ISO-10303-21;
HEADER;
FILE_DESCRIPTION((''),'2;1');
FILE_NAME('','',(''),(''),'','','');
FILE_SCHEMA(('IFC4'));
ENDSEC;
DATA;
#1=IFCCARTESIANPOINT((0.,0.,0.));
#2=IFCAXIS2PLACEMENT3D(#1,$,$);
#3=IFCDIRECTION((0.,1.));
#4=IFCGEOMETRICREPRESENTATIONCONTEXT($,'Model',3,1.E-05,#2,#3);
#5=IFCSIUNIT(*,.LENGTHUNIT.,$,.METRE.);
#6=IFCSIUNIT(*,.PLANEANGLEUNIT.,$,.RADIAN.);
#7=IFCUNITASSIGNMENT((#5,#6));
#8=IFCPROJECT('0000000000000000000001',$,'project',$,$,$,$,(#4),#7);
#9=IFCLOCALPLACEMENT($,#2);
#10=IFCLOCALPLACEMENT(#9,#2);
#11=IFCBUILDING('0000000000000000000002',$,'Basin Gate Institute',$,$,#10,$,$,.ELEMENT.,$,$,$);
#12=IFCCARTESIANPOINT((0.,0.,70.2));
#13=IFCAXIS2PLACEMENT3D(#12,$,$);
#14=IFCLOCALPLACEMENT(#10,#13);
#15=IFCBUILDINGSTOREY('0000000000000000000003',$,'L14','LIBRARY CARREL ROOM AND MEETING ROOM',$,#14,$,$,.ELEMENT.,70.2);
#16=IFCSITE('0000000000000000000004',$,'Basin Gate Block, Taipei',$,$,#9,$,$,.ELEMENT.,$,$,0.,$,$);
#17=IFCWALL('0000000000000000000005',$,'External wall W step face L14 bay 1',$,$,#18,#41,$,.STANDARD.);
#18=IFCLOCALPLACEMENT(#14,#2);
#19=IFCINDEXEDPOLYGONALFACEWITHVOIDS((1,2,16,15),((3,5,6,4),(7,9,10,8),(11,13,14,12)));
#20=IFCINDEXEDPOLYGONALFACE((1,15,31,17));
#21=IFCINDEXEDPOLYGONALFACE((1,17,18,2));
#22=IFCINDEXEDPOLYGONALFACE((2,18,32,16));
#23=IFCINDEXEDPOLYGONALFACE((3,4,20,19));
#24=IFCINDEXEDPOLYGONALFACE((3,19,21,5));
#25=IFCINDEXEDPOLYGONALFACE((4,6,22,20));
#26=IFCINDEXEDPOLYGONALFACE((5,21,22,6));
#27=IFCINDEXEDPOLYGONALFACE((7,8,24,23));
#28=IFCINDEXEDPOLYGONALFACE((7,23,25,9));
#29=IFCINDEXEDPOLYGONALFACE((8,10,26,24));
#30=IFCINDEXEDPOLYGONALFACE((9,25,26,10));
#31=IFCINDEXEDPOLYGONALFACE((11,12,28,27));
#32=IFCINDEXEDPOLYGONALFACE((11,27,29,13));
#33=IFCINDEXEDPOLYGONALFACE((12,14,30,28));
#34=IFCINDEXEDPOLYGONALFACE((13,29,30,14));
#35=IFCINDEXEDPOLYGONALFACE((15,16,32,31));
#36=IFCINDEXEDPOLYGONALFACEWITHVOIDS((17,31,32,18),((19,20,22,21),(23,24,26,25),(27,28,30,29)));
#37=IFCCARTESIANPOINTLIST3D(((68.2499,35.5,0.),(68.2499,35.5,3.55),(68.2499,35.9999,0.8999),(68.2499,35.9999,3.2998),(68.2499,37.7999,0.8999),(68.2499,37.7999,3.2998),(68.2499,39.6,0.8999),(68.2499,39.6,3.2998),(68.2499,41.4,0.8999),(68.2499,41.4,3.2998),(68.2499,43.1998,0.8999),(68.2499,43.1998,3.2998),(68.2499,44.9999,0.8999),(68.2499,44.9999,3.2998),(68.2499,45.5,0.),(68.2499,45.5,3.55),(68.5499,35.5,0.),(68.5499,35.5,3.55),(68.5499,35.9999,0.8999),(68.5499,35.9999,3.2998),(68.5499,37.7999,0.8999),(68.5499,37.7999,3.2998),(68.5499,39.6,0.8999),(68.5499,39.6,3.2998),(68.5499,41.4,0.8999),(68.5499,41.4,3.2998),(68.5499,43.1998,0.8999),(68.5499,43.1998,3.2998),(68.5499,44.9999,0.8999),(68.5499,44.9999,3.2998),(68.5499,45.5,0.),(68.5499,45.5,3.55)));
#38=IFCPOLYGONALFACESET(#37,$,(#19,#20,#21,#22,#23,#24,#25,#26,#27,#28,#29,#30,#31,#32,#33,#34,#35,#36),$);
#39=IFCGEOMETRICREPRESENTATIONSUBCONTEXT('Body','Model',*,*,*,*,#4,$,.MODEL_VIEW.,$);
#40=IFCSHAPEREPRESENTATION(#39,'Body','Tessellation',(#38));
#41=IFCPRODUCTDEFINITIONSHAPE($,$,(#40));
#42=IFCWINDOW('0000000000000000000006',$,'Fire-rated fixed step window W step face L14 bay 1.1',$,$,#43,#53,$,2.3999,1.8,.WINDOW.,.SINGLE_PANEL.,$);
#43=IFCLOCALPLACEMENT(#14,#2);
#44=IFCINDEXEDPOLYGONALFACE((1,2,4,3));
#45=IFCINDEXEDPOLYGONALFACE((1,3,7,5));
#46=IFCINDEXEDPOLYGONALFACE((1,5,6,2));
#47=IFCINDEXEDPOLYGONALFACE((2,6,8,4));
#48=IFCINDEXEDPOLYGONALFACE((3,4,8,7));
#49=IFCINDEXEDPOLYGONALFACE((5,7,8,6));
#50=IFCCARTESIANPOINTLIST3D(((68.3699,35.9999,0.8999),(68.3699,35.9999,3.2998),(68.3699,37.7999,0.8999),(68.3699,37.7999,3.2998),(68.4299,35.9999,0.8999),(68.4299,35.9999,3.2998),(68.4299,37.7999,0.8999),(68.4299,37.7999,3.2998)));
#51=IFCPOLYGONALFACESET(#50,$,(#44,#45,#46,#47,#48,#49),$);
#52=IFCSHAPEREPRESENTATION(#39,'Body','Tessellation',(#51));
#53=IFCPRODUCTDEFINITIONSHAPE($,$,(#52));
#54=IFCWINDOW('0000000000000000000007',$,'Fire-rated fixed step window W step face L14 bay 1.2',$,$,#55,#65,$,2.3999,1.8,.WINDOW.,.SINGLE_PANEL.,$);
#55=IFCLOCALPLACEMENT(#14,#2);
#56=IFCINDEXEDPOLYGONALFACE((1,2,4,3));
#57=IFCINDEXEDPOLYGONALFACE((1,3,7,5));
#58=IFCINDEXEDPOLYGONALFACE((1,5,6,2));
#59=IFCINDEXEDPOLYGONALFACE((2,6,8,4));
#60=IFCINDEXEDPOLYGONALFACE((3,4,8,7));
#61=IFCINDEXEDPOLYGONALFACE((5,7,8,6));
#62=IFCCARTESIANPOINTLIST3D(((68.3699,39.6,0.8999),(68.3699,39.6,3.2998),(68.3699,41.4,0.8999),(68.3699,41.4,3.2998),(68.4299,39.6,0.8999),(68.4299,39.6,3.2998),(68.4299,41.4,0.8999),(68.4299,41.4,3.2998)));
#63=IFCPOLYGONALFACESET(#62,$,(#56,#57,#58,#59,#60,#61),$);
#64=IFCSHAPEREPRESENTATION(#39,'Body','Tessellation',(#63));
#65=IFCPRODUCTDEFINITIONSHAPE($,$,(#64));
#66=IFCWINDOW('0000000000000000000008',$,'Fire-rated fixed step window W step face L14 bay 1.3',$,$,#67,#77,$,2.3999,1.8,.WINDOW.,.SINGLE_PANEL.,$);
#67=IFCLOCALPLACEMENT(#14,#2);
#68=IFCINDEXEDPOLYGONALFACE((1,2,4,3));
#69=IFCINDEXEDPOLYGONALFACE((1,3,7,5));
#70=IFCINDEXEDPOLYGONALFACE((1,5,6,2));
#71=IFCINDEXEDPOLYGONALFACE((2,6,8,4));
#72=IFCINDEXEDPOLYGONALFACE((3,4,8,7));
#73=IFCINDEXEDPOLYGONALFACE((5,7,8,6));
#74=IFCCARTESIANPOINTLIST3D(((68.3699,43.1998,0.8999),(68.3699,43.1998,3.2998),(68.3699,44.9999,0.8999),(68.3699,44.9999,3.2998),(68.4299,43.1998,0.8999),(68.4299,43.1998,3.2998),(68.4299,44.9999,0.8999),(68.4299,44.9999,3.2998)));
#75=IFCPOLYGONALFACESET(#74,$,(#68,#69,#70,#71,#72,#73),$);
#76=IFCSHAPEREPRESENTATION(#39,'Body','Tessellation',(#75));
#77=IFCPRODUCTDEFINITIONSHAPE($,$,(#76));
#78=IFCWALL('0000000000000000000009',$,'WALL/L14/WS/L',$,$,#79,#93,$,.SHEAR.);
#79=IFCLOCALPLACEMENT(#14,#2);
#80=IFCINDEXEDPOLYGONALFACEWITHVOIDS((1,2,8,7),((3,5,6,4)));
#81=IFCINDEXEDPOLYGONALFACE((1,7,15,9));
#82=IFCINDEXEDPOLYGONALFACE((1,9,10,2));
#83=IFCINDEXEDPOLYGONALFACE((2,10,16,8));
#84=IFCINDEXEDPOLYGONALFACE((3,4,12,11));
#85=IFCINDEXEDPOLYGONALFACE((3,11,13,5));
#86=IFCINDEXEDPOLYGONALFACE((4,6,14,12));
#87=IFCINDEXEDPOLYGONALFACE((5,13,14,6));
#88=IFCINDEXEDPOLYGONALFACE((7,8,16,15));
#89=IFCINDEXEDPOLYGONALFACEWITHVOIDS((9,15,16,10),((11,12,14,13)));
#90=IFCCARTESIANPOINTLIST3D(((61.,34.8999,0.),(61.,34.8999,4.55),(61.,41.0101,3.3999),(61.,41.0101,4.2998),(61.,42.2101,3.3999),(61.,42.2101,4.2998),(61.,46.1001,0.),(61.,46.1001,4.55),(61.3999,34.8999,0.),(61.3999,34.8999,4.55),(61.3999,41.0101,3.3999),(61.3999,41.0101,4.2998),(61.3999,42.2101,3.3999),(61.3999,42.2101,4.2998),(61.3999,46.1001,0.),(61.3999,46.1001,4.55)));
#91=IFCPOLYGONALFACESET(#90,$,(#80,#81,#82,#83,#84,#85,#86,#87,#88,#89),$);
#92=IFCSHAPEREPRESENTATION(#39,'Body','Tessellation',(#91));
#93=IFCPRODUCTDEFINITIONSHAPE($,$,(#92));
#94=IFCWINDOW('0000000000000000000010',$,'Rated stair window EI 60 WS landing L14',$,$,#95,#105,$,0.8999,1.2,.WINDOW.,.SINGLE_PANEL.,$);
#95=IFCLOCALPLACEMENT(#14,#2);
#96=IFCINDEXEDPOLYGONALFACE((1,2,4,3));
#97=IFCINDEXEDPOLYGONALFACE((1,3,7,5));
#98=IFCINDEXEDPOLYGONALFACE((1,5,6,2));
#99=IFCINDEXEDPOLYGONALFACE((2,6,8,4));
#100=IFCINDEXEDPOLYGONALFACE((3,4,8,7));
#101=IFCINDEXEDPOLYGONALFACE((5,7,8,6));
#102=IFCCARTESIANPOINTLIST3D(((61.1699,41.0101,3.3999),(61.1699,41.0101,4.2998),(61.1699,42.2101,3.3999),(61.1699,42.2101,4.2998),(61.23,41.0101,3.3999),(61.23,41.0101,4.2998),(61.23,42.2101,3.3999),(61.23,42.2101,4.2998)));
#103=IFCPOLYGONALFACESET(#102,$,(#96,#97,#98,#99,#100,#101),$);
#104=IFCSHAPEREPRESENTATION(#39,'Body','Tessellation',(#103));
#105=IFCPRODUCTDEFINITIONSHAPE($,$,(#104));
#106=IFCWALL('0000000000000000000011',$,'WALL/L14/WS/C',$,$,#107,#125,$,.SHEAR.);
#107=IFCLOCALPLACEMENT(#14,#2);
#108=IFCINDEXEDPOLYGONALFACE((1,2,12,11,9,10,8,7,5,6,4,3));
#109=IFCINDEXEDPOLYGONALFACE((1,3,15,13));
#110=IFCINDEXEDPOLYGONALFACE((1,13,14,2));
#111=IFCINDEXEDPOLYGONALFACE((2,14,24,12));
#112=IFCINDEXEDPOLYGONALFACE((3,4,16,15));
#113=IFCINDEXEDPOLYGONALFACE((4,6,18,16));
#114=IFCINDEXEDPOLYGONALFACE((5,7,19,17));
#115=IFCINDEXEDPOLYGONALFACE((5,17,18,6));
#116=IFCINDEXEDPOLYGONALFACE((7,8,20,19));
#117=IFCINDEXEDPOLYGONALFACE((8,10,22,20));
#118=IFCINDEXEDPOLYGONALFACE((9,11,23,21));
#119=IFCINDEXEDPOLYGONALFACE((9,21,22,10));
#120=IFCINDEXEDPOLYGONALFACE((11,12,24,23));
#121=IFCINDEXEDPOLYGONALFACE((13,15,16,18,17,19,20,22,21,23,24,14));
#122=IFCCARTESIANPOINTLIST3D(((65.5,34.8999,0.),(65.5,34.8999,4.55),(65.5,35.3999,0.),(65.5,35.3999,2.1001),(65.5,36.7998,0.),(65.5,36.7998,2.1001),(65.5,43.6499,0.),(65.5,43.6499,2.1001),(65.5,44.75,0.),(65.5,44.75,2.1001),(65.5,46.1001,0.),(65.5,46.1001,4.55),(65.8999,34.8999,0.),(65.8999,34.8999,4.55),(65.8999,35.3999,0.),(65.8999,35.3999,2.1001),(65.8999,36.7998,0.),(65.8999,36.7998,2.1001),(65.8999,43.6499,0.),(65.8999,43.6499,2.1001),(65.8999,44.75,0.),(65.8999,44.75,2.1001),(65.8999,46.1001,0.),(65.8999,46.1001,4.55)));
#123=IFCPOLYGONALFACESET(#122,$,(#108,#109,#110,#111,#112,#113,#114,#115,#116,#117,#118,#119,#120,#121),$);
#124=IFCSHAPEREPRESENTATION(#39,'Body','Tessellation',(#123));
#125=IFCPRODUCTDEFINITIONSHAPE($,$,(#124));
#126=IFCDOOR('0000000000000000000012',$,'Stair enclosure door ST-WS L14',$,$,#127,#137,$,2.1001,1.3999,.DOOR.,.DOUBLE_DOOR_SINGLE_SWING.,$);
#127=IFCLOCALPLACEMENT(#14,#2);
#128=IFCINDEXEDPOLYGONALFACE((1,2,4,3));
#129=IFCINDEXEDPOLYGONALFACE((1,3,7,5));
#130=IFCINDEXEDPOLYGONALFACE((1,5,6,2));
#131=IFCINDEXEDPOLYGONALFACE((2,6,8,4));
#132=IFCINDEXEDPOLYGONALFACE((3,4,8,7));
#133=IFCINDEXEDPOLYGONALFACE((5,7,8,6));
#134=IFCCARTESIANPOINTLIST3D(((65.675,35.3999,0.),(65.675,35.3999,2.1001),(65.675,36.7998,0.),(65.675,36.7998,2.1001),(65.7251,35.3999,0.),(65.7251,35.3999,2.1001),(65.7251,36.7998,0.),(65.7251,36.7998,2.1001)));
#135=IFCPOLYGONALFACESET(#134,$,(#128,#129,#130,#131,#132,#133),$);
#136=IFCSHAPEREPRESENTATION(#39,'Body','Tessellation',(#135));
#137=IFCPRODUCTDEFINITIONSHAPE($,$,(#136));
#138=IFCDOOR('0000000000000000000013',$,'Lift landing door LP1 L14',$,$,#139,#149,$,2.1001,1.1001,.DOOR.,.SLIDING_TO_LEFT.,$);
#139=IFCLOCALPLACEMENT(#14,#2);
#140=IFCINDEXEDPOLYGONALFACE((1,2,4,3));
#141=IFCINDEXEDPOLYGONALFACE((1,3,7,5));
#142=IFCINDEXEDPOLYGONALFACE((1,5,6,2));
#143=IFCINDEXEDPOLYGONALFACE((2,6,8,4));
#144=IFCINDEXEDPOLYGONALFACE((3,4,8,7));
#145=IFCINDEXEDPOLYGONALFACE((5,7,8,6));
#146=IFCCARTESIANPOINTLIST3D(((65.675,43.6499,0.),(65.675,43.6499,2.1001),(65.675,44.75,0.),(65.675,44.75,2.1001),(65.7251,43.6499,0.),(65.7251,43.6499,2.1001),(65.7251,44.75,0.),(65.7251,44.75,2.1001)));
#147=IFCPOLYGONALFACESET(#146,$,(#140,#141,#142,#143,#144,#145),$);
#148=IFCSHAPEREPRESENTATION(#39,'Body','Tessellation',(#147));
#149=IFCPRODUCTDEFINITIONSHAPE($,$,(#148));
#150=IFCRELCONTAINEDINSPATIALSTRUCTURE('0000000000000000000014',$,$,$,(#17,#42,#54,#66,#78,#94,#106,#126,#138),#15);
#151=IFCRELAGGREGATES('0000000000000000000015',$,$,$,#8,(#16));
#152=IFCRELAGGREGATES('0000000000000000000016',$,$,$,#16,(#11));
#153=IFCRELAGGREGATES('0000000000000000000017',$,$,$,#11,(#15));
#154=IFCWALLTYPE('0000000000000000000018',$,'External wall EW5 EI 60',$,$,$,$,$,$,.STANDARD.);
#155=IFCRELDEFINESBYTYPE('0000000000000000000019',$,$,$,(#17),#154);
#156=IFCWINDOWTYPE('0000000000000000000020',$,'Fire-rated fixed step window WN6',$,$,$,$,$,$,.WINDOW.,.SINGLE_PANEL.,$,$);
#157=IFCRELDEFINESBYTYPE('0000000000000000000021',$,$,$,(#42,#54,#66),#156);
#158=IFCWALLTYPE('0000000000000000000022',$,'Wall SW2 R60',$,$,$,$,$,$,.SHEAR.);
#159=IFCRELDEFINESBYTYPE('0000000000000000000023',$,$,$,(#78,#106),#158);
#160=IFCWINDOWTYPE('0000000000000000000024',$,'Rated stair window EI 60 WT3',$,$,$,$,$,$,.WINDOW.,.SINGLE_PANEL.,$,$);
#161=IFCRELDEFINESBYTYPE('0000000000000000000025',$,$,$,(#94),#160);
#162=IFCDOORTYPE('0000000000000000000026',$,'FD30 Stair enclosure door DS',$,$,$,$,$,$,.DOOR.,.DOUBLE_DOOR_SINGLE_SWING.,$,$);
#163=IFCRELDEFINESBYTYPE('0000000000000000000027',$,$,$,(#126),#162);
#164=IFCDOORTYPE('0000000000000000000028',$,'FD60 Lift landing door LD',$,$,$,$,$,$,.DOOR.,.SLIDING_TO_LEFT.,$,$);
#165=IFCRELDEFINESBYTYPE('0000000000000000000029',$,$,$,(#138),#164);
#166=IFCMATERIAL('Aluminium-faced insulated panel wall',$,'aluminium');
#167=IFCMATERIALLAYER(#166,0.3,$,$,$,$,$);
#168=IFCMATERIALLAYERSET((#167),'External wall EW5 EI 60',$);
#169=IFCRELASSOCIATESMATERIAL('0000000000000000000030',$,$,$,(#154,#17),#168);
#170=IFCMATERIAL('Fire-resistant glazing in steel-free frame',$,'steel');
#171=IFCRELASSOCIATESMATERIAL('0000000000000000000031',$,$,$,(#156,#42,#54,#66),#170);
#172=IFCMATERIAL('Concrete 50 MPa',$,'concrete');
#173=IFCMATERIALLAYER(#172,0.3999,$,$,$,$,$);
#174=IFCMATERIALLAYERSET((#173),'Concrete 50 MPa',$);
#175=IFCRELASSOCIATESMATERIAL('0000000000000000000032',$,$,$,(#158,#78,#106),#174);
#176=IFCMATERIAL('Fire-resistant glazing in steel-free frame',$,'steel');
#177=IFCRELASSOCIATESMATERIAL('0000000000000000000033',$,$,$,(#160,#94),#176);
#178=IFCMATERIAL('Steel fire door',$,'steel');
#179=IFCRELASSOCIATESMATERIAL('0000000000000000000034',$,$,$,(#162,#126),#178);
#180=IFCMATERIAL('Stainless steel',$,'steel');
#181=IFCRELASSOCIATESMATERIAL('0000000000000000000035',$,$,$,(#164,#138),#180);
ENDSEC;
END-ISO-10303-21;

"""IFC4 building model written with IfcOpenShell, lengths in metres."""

from ifc_helpers import new_model, si_unit, direction, frame, frame_2d, origin, place, context, subcontext, project, spatial, rectangle, extrude, material, layer, layer_set, type_object, element, fill, save


model = new_model("IFC4")

# Units and contexts
model_context = context("Model", 3, precision=1e-05, world=origin(), true_north=direction((0.0, 1.0)))
body_context = subcontext(model_context, "Body", "Model", "MODEL_VIEW")
ifc_project = project(units=[si_unit("LENGTHUNIT", "METRE"), si_unit("PLANEANGLEUNIT", "RADIAN")], contexts=[model_context])

# Site, building, storey
site_placement = place(None, origin())
site = spatial("IfcSite", under=ifc_project, at=site_placement, Name="Basin Gate Block, Taipei", CompositionType="ELEMENT", RefElevation=0.0)
building_placement = place(site_placement, origin())
building = spatial("IfcBuilding", under=site, at=building_placement, Name="Basin Gate Institute", CompositionType="ELEMENT")
storey_placement = place(building_placement, frame((0.0, 0.0, 70.2)))
storey = spatial("IfcBuildingStorey", under=building, at=storey_placement, Name="L14", Description="LIBRARY CARREL ROOM AND MEETING ROOM", CompositionType="ELEMENT", Elevation=70.2)

# Shared definitions
ifc_material_1 = material(Name="Aluminium-faced insulated panel wall", Category="aluminium")
ifc_layer_1 = layer(ifc_material_1, 0.3)
ifc_layer_set_1 = layer_set([ifc_layer_1], Name="External wall EW5 EI 60")
wall_type_1 = type_object("IfcWallType", Name="External wall EW5 EI 60", PredefinedType="STANDARD", material=ifc_layer_set_1)

# Wall, openings, windows
wall_1_placement = place(storey_placement, frame((68.3999, 35.5, 0.0), z_axis=(0.0, 0.0, 1.0), x_axis=(0.0, 1.0, 0.0)))
wall_1 = element("IfcWall", 1, at=wall_1_placement, inside=storey, type_object=wall_type_1, material=ifc_layer_set_1, Name="External wall W step face L14 bay 1", PredefinedType="STANDARD", context=body_context, shape_type="SweptSolid", body=[
    extrude(rectangle(XDim=10.0, YDim=0.3, at=frame_2d((5.0, 0.0))), origin(), (0.0, 0.0, 1.0), 3.55),
])
opening_1_placement = place(wall_1_placement, frame((0.5, 0.0, 0.8999)))
opening_1 = element("IfcOpeningElement", 2, at=opening_1_placement, cuts=wall_1, PredefinedType="OPENING", context=body_context, shape_type="SweptSolid", body=[
    extrude(rectangle(XDim=1.8, YDim=2.3999, at=frame_2d((0.8999, 1.2))), frame((0.0, 0.1602, 0.0), z_axis=(0.0, -1.0, 0.0), x_axis=(1.0, 0.0, 0.0)), (0.0, 0.0, 1.0), 0.3201),
])
opening_2_placement = place(wall_1_placement, frame((4.1001, 0.0, 0.8999)))
opening_2 = element("IfcOpeningElement", 3, at=opening_2_placement, cuts=wall_1, PredefinedType="OPENING", context=body_context, shape_type="SweptSolid", body=[
    extrude(rectangle(XDim=1.8, YDim=2.3999, at=frame_2d((0.8999, 1.2))), frame((0.0, 0.1602, 0.0), z_axis=(0.0, -1.0, 0.0), x_axis=(1.0, 0.0, 0.0)), (0.0, 0.0, 1.0), 0.3201),
])
opening_3_placement = place(wall_1_placement, frame((7.7, 0.0, 0.8999)))
opening_3 = element("IfcOpeningElement", 4, at=opening_3_placement, cuts=wall_1, PredefinedType="OPENING", context=body_context, shape_type="SweptSolid", body=[
    extrude(rectangle(XDim=1.8, YDim=2.3999, at=frame_2d((0.8999, 1.2))), frame((0.0, 0.1602, 0.0), z_axis=(0.0, -1.0, 0.0), x_axis=(1.0, 0.0, 0.0)), (0.0, 0.0, 1.0), 0.3201),
])
ifc_material_2 = material(Name="Fire-resistant glazing in steel-free frame", Category="steel")
window_type_1 = type_object("IfcWindowType", Name="Fire-rated fixed step window WN6", PartitioningType="SINGLE_PANEL", PredefinedType="WINDOW", material=ifc_material_2)
window_1_placement = place(opening_1_placement, origin())
window_1 = element("IfcWindow", 5, at=window_1_placement, inside=storey, type_object=window_type_1, material=ifc_material_2, Name="Fire-rated fixed step window W step face L14 bay 1.1", OverallHeight=2.3999, OverallWidth=1.8, PartitioningType="SINGLE_PANEL", PredefinedType="WINDOW", context=body_context, shape_type="SweptSolid", body=[
    extrude(rectangle(XDim=1.8, YDim=2.3999, at=frame_2d((0.8999, 1.2))), frame((0.0, 0.03, 0.0), z_axis=(0.0, -1.0, 0.0), x_axis=(1.0, 0.0, 0.0)), (0.0, 0.0, 1.0), 0.0601),
])
fill(opening_1, window_1)
window_2_placement = place(opening_2_placement, origin())
window_2 = element("IfcWindow", 6, at=window_2_placement, inside=storey, type_object=window_type_1, material=ifc_material_2, Name="Fire-rated fixed step window W step face L14 bay 1.2", OverallHeight=2.3999, OverallWidth=1.8, PartitioningType="SINGLE_PANEL", PredefinedType="WINDOW", context=body_context, shape_type="SweptSolid", body=[
    extrude(rectangle(XDim=1.8, YDim=2.3999, at=frame_2d((0.8999, 1.2))), frame((0.0, 0.03, 0.0), z_axis=(0.0, -1.0, 0.0), x_axis=(1.0, 0.0, 0.0)), (0.0, 0.0, 1.0), 0.0601),
])
fill(opening_2, window_2)
window_3_placement = place(opening_3_placement, origin())
window_3 = element("IfcWindow", 7, at=window_3_placement, inside=storey, type_object=window_type_1, material=ifc_material_2, Name="Fire-rated fixed step window W step face L14 bay 1.3", OverallHeight=2.3999, OverallWidth=1.8, PartitioningType="SINGLE_PANEL", PredefinedType="WINDOW", context=body_context, shape_type="SweptSolid", body=[
    extrude(rectangle(XDim=1.8, YDim=2.3999, at=frame_2d((0.8999, 1.2))), frame((0.0, 0.03, 0.0), z_axis=(0.0, -1.0, 0.0), x_axis=(1.0, 0.0, 0.0)), (0.0, 0.0, 1.0), 0.0601),
])
fill(opening_3, window_3)

# Wall, opening, window
ifc_material_3 = material(Name="Concrete 50 MPa", Category="concrete")
ifc_layer_2 = layer(ifc_material_3, 0.3999)
ifc_layer_set_2 = layer_set([ifc_layer_2], Name="Concrete 50 MPa")
wall_type_2 = type_object("IfcWallType", Name="Wall SW2 R60", PredefinedType="SHEAR", material=ifc_layer_set_2)
wall_2_placement = place(storey_placement, frame((61.2, 34.8999, 0.0), z_axis=(0.0, 0.0, 1.0), x_axis=(0.0, 1.0, 0.0)))
wall_2 = element("IfcWall", 8, at=wall_2_placement, inside=storey, type_object=wall_type_2, material=ifc_layer_set_2, Name="WALL/L14/WS/L", PredefinedType="SHEAR", context=body_context, shape_type="SweptSolid", body=[
    extrude(rectangle(XDim=11.2002, YDim=0.3999, at=frame_2d((5.6001, 0.0))), origin(), (0.0, 0.0, 1.0), 4.55),
])
opening_4_placement = place(wall_2_placement, frame((6.1101, 0.0, 3.3999)))
opening_4 = element("IfcOpeningElement", 9, at=opening_4_placement, cuts=wall_2, PredefinedType="OPENING", context=body_context, shape_type="SweptSolid", body=[
    extrude(rectangle(XDim=1.2, YDim=0.8999, at=frame_2d((0.6001, 0.45))), frame((0.0, 0.21, 0.0), z_axis=(0.0, -1.0, 0.0), x_axis=(1.0, 0.0, 0.0)), (0.0, 0.0, 1.0), 0.4199),
])
ifc_material_4 = material(Name="Fire-resistant glazing in steel-free frame", Category="steel")
window_type_2 = type_object("IfcWindowType", Name="Rated stair window EI 60 WT3", PartitioningType="SINGLE_PANEL", PredefinedType="WINDOW", material=ifc_material_4)
window_4_placement = place(opening_4_placement, origin())
window_4 = element("IfcWindow", 10, at=window_4_placement, inside=storey, type_object=window_type_2, material=ifc_material_4, Name="Rated stair window EI 60 WS landing L14", OverallHeight=0.8999, OverallWidth=1.2, PartitioningType="SINGLE_PANEL", PredefinedType="WINDOW", context=body_context, shape_type="SweptSolid", body=[
    extrude(rectangle(XDim=1.2, YDim=0.8999, at=frame_2d((0.6001, 0.45))), frame((0.0, 0.03, 0.0), z_axis=(0.0, -1.0, 0.0), x_axis=(1.0, 0.0, 0.0)), (0.0, 0.0, 1.0), 0.0601),
])
fill(opening_4, window_4)

# Wall, openings, doors
wall_3_placement = place(storey_placement, frame((65.7, 34.8999, 0.0), z_axis=(0.0, 0.0, 1.0), x_axis=(0.0, 1.0, 0.0)))
wall_3 = element("IfcWall", 11, at=wall_3_placement, inside=storey, type_object=wall_type_2, material=ifc_layer_set_2, Name="WALL/L14/WS/C", PredefinedType="SHEAR", context=body_context, shape_type="SweptSolid", body=[
    extrude(rectangle(XDim=11.2002, YDim=0.3999, at=frame_2d((5.6001, 0.0))), origin(), (0.0, 0.0, 1.0), 4.55),
])
opening_5_placement = place(wall_3_placement, frame((0.5, 0.0, 0.0)))
opening_5 = element("IfcOpeningElement", 12, at=opening_5_placement, cuts=wall_3, PredefinedType="OPENING", context=body_context, shape_type="SweptSolid", body=[
    extrude(rectangle(XDim=1.3999, YDim=2.1001, at=frame_2d((0.7, 1.05))), frame((0.0, 0.21, 0.0), z_axis=(0.0, -1.0, 0.0), x_axis=(1.0, 0.0, 0.0)), (0.0, 0.0, 1.0), 0.4199),
])
opening_6_placement = place(wall_3_placement, frame((8.75, 0.0, 0.0)))
opening_6 = element("IfcOpeningElement", 13, at=opening_6_placement, cuts=wall_3, PredefinedType="OPENING", context=body_context, shape_type="SweptSolid", body=[
    extrude(rectangle(XDim=1.1001, YDim=2.1001, at=frame_2d((0.55, 1.05))), frame((0.0, 0.21, 0.0), z_axis=(0.0, -1.0, 0.0), x_axis=(1.0, 0.0, 0.0)), (0.0, 0.0, 1.0), 0.4199),
])
ifc_material_5 = material(Name="Steel fire door", Category="steel")
door_type_1 = type_object("IfcDoorType", Name="FD30 Stair enclosure door DS", OperationType="DOUBLE_DOOR_SINGLE_SWING", PredefinedType="DOOR", material=ifc_material_5)
door_1_placement = place(opening_5_placement, origin())
door_1 = element("IfcDoor", 14, at=door_1_placement, inside=storey, type_object=door_type_1, material=ifc_material_5, Name="Stair enclosure door ST-WS L14", OperationType="DOUBLE_DOOR_SINGLE_SWING", OverallHeight=2.1001, OverallWidth=1.3999, PredefinedType="DOOR", context=body_context, shape_type="SweptSolid", body=[
    extrude(rectangle(XDim=1.3999, YDim=2.1001, at=frame_2d((0.7, 1.05))), frame((0.0, 0.0249, 0.0), z_axis=(0.0, -1.0, 0.0), x_axis=(1.0, 0.0, 0.0)), (0.0, 0.0, 1.0), 0.05),
])
fill(opening_5, door_1)
ifc_material_6 = material(Name="Stainless steel", Category="steel")
door_type_2 = type_object("IfcDoorType", Name="FD60 Lift landing door LD", OperationType="SLIDING_TO_LEFT", PredefinedType="DOOR", material=ifc_material_6)
door_2_placement = place(opening_6_placement, origin())
door_2 = element("IfcDoor", 15, at=door_2_placement, inside=storey, type_object=door_type_2, material=ifc_material_6, Name="Lift landing door LP1 L14", OperationType="SLIDING_TO_LEFT", OverallHeight=2.1001, OverallWidth=1.1001, PredefinedType="DOOR", context=body_context, shape_type="SweptSolid", body=[
    extrude(rectangle(XDim=1.1001, YDim=2.1001, at=frame_2d((0.55, 1.05))), frame((0.0, 0.0249, 0.0), z_axis=(0.0, -1.0, 0.0), x_axis=(1.0, 0.0, 0.0)), (0.0, 0.0, 1.0), 0.05),
])
fill(opening_6, door_2)

save(model, "model.ifc")
